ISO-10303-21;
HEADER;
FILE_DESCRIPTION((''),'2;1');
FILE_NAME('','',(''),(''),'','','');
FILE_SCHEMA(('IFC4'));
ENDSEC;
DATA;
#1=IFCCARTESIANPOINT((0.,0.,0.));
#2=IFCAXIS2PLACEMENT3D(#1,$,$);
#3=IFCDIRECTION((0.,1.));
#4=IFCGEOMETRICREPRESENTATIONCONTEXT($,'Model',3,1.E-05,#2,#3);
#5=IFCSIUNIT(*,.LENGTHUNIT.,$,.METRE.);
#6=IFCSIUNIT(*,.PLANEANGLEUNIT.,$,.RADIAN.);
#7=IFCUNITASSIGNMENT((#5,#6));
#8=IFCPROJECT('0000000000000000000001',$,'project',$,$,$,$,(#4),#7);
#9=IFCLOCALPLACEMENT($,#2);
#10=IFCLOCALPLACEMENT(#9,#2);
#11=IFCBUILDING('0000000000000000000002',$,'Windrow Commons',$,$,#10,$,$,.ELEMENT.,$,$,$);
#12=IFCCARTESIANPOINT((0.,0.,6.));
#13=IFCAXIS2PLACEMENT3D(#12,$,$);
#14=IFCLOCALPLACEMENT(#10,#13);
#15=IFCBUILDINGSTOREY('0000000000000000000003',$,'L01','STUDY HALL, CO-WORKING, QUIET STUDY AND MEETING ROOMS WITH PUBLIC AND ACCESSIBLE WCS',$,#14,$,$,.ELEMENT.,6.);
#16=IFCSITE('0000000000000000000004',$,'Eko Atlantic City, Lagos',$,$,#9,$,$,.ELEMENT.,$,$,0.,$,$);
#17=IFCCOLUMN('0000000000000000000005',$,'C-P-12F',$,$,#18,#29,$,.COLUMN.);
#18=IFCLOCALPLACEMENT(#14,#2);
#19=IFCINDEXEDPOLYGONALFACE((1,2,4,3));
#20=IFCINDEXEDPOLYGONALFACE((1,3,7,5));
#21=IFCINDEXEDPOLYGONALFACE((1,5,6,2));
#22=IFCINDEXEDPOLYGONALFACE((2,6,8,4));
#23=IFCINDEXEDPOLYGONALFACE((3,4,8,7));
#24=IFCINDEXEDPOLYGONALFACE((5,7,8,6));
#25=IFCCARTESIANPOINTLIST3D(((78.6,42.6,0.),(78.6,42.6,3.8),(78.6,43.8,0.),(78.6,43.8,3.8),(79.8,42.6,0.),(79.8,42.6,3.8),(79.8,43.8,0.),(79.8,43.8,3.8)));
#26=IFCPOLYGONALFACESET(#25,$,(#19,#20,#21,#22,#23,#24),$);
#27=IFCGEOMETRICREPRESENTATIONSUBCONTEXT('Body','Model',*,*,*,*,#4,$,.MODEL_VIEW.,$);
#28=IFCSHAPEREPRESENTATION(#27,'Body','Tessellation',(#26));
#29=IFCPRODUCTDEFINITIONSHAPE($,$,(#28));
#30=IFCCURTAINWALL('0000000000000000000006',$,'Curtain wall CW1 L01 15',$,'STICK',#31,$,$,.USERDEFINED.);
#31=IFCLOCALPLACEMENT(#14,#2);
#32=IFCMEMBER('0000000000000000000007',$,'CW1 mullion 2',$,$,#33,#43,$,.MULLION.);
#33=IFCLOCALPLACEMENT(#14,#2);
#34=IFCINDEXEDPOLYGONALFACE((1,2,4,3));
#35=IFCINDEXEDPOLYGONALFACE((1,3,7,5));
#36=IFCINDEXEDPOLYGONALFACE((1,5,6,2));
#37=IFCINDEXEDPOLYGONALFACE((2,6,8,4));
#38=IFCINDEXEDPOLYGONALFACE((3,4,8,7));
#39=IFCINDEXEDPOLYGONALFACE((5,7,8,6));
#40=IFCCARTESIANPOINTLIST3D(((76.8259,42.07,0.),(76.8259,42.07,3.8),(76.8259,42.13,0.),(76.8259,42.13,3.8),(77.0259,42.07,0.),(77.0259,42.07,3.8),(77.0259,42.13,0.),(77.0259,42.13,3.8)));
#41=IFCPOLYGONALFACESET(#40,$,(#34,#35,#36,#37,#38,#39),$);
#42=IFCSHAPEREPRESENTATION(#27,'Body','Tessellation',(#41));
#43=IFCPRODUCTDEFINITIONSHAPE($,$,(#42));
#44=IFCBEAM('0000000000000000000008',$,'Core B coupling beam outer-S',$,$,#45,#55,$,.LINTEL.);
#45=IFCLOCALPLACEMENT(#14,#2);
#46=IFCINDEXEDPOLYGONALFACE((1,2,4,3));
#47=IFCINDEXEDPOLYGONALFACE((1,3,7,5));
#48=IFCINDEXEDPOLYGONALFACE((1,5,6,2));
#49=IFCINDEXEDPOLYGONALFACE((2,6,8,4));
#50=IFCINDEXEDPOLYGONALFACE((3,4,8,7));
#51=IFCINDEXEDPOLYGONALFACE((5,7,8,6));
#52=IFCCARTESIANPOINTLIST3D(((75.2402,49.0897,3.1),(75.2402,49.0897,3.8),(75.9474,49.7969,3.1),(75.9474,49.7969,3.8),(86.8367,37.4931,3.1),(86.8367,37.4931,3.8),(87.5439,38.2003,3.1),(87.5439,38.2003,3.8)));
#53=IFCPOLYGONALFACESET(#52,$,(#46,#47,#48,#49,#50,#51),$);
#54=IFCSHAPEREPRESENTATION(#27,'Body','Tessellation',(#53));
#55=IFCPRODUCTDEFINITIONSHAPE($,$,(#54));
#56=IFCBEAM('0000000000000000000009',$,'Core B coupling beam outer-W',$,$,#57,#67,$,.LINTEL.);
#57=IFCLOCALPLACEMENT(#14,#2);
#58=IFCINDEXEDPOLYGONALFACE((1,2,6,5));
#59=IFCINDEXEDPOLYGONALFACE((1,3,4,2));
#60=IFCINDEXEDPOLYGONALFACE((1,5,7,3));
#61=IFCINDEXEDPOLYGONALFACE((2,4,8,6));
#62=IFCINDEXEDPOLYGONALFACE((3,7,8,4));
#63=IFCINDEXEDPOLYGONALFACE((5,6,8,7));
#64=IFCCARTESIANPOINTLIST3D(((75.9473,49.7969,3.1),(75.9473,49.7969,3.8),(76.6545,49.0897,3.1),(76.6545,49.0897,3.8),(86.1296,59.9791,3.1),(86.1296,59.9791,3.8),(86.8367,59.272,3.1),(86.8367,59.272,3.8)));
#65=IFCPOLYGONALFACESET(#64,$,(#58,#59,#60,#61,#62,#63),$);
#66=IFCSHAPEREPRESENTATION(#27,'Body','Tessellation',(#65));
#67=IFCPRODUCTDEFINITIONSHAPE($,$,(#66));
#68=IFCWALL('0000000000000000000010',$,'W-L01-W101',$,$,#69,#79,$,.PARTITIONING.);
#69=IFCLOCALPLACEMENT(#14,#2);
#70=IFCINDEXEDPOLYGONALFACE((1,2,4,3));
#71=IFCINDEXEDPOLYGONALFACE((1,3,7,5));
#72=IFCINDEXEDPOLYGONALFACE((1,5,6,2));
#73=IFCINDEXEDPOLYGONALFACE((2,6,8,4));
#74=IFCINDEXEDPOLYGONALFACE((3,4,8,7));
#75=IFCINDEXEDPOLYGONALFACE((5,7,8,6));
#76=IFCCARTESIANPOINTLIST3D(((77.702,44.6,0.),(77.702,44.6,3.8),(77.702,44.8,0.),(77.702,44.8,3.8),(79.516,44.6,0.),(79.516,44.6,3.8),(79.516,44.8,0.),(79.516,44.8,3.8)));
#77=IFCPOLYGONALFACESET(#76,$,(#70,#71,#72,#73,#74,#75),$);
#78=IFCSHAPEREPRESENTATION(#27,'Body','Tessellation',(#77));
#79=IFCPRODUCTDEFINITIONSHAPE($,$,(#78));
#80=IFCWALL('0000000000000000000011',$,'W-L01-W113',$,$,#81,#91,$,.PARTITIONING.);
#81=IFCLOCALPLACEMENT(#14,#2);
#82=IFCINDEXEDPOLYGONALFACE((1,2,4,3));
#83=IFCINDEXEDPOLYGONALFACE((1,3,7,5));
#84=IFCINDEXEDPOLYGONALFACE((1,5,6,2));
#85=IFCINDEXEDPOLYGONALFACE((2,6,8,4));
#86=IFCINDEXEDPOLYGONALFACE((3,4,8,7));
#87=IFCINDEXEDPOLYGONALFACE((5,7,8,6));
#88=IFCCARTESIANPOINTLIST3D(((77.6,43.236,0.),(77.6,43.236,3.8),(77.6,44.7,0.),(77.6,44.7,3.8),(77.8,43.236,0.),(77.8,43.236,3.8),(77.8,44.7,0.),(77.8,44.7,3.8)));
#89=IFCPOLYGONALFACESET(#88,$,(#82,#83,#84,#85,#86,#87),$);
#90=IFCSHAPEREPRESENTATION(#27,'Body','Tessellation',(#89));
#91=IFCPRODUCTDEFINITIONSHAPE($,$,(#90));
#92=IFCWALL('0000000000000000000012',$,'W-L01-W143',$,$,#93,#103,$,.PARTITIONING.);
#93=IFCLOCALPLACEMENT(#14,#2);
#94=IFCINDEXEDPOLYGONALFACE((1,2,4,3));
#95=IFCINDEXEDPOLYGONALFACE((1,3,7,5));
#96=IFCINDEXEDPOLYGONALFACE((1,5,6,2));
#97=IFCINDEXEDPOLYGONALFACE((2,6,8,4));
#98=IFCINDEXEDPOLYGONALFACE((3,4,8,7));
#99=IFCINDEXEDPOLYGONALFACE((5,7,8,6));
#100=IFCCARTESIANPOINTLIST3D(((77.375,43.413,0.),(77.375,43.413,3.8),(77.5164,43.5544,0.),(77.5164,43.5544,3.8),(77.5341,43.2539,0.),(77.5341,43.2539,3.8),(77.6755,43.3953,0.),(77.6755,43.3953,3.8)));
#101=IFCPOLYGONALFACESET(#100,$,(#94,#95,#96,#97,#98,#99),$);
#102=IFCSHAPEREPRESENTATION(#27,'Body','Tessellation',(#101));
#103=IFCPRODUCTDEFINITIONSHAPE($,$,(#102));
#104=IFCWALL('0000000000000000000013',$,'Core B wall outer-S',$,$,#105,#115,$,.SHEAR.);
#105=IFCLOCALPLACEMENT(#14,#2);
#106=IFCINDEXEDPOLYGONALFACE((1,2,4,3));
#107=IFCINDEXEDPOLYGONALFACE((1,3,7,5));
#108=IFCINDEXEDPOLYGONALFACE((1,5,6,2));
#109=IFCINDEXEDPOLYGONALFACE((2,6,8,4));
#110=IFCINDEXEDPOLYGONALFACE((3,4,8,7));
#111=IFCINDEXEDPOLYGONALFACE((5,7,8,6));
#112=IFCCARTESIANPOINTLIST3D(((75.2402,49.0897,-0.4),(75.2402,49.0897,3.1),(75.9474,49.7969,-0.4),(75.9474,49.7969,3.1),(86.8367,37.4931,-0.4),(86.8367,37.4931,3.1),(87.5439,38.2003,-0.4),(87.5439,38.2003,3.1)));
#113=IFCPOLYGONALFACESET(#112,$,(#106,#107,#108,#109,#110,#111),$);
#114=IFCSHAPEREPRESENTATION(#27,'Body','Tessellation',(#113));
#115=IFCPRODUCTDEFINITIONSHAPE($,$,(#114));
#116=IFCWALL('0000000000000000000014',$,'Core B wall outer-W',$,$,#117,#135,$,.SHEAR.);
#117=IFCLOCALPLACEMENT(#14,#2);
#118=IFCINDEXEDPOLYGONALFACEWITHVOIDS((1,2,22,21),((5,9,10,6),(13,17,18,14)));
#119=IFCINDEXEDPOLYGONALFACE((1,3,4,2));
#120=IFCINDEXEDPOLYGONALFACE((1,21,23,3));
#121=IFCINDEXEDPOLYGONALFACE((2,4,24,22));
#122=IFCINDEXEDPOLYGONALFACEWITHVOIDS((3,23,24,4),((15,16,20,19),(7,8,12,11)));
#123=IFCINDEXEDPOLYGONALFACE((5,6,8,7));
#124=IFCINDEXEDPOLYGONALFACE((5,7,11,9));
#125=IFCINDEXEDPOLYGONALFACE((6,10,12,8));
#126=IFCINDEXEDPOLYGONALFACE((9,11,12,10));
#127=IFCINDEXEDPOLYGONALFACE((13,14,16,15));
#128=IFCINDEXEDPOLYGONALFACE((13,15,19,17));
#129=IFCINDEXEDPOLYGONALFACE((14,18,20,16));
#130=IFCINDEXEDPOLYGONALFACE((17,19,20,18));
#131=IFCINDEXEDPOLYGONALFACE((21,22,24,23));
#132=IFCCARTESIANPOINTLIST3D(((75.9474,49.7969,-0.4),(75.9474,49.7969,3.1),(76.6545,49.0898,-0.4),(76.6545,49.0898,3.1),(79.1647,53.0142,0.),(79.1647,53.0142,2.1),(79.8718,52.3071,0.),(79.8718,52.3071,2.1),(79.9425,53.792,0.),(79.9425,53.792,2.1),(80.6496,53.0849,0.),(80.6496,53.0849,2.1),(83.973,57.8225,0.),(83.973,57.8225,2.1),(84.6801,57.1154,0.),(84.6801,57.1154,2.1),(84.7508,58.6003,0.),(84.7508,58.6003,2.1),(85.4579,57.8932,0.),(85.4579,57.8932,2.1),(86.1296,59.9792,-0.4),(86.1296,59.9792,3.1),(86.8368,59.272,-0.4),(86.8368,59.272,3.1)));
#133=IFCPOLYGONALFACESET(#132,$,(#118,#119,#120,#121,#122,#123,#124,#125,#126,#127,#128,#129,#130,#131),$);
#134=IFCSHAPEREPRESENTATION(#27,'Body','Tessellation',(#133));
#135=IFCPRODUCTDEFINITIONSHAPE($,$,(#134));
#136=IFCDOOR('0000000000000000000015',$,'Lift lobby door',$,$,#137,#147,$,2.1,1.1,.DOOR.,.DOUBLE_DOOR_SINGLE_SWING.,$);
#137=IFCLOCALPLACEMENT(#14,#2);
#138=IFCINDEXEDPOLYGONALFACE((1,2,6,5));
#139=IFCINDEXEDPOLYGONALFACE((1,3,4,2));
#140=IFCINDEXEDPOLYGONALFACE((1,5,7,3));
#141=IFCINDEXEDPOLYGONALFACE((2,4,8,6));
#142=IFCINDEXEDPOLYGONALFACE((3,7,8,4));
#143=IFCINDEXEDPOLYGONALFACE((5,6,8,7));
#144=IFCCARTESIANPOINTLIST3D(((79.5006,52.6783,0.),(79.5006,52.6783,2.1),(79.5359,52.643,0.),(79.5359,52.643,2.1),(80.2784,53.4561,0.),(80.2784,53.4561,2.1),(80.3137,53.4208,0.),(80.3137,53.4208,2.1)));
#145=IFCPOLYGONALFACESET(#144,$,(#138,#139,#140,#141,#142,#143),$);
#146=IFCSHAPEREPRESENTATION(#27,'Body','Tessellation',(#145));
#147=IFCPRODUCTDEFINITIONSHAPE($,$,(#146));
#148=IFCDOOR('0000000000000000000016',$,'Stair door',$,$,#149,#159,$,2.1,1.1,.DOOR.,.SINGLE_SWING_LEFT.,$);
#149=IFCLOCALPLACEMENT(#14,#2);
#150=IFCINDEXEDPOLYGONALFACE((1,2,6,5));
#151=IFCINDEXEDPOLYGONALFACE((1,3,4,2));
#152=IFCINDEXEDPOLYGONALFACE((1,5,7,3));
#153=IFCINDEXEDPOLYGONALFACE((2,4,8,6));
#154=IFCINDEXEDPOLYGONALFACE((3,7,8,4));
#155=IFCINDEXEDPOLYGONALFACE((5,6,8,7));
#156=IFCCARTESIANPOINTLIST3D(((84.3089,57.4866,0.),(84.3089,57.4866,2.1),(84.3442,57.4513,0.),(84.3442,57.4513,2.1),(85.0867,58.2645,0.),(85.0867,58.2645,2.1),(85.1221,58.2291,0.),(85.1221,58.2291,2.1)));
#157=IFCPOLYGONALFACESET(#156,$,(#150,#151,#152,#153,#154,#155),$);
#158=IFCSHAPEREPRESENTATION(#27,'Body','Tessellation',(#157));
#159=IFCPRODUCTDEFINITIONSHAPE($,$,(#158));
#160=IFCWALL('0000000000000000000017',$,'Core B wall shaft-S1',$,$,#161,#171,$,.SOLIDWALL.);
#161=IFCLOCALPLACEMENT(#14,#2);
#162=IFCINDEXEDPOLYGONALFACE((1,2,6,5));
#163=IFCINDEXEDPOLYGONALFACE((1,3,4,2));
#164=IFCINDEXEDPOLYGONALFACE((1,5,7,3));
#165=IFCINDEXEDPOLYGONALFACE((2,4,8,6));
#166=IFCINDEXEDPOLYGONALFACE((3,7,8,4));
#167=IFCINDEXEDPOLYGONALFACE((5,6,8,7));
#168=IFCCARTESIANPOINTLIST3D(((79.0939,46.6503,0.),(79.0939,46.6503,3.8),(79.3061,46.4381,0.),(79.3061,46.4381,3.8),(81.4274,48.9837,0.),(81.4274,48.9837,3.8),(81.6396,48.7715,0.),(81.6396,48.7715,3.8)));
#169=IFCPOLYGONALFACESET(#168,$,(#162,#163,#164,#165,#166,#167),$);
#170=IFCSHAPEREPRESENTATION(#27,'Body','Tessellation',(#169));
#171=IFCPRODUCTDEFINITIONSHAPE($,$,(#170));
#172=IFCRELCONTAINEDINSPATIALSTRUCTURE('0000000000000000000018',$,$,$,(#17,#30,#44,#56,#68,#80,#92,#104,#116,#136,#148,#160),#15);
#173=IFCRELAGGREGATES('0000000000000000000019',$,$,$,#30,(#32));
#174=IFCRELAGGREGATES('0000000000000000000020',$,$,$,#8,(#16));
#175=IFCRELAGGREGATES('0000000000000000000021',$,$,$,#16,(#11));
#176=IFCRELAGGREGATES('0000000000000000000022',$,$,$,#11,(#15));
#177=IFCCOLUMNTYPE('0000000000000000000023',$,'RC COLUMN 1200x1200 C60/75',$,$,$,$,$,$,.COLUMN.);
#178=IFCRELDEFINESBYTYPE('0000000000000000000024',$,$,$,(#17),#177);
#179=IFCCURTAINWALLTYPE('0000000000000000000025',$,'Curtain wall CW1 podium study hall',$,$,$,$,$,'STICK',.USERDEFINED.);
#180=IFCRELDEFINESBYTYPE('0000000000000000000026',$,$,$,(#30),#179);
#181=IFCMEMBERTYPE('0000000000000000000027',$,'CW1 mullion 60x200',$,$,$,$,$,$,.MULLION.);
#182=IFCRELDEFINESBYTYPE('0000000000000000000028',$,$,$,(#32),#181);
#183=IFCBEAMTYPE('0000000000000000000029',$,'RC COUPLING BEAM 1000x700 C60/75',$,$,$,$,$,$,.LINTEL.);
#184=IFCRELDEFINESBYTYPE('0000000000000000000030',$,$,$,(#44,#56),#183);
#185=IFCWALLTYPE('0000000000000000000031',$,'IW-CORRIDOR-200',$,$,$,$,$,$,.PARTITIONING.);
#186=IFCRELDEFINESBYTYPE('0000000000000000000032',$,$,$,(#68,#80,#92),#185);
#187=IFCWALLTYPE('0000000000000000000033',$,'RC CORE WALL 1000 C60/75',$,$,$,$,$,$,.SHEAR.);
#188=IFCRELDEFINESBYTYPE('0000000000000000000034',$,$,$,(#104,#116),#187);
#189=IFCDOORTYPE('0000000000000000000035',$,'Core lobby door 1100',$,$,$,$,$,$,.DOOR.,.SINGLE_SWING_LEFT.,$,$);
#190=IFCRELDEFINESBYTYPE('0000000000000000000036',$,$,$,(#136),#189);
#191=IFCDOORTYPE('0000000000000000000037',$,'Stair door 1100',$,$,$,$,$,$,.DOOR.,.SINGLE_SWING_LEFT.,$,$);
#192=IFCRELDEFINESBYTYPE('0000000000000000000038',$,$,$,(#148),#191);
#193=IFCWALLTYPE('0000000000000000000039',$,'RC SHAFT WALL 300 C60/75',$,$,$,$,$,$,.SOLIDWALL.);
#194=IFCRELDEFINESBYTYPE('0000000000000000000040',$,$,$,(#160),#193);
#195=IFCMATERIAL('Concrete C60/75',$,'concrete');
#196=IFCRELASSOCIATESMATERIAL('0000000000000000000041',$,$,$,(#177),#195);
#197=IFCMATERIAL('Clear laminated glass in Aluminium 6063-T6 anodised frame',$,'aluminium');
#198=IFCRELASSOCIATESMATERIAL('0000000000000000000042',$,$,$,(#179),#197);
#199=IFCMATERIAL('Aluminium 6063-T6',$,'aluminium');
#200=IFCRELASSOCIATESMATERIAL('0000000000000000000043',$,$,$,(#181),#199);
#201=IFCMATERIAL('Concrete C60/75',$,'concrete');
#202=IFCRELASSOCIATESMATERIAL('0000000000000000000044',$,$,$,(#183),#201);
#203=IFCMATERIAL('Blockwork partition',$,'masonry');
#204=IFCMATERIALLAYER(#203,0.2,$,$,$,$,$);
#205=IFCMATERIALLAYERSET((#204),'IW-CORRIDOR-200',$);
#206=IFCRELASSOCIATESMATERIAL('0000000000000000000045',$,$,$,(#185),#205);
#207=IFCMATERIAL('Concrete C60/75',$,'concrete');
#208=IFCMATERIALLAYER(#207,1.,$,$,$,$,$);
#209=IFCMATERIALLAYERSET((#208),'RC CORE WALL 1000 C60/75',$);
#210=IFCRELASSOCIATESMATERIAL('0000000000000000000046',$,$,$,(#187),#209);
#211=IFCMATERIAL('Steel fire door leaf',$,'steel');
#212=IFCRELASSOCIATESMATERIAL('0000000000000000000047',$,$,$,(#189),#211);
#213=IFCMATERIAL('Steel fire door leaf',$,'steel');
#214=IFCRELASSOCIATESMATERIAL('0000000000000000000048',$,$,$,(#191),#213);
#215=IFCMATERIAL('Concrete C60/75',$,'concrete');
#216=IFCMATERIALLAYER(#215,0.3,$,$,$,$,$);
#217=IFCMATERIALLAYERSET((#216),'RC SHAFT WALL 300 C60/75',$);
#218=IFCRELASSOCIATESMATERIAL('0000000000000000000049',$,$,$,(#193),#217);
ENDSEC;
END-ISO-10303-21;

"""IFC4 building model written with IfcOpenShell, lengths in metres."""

from ifc_helpers import new_model, si_unit, direction, frame, frame_2d, origin, origin_2d, place, context, subcontext, project, spatial, rectangle, extrude, material, layer, layer_set, material_profile, profile_set, type_object, element, fill, aggregate, save


model = new_model("IFC4")

# Units and contexts
model_context = context("Model", 3, precision=1e-05, world=origin(), true_north=direction((0.0, 1.0)))
body_context = subcontext(model_context, "Body", "Model", "MODEL_VIEW")
ifc_project = project(units=[si_unit("LENGTHUNIT", "METRE"), si_unit("PLANEANGLEUNIT", "RADIAN")], contexts=[model_context])

# Site, building, storey
site_placement = place(None, origin())
site = spatial("IfcSite", under=ifc_project, at=site_placement, Name="Eko Atlantic City, Lagos", CompositionType="ELEMENT", RefElevation=0.0)
building_placement = place(site_placement, origin())
building = spatial("IfcBuilding", under=site, at=building_placement, Name="Windrow Commons", CompositionType="ELEMENT")
storey_placement = place(building_placement, frame((0.0, 0.0, 6.0)))
storey = spatial("IfcBuildingStorey", under=building, at=storey_placement, Name="L01", Description="STUDY HALL, CO-WORKING, QUIET STUDY AND MEETING ROOMS WITH PUBLIC AND ACCESSIBLE WCS", CompositionType="ELEMENT", Elevation=6.0)

# Column
ifc_material_1 = material(Name="Concrete C60/75", Category="concrete")
ifc_material_profile_1 = material_profile(ifc_material_1, rectangle(XDim=1.2, YDim=1.2, at=origin_2d()))
ifc_profile_set_1 = profile_set([ifc_material_profile_1], Name="Concrete C60/75")
column_type = type_object("IfcColumnType", Name="RC COLUMN 1200x1200 C60/75", PredefinedType="COLUMN", material=ifc_profile_set_1)
column_placement = place(storey_placement, frame((79.2, 43.2, 0.0), z_axis=(0.0, 0.0, 1.0), x_axis=(1.0, 0.0, 0.0)))
element("IfcColumn", 1, at=column_placement, inside=storey, type_object=column_type, Name="C-P-12F", PredefinedType="COLUMN", context=body_context, shape_type="SweptSolid", body=[
    extrude(rectangle(XDim=1.2, YDim=1.2, at=origin_2d()), origin(), (0.0, 0.0, 1.0), 3.8),
])

# Curtain wall, member
ifc_material_2 = material(Name="Clear laminated glass in Aluminium 6063-T6 anodised frame", Category="aluminium")
curtain_wall_type = type_object("IfcCurtainWallType", Name="Curtain wall CW1 podium study hall", ElementType="STICK", PredefinedType="USERDEFINED", material=ifc_material_2)
curtain_wall_placement = place(storey_placement, origin())
curtain_wall = element("IfcCurtainWall", 2, at=curtain_wall_placement, inside=storey, type_object=curtain_wall_type, Name="Curtain wall CW1 L01 15", ObjectType="STICK", PredefinedType="USERDEFINED")
ifc_material_3 = material(Name="Aluminium 6063-T6", Category="aluminium")
ifc_material_profile_2 = material_profile(ifc_material_3, rectangle(XDim=0.06, YDim=0.2, at=origin_2d()))
ifc_profile_set_2 = profile_set([ifc_material_profile_2], Name="Aluminium 6063-T6")
member_type = type_object("IfcMemberType", Name="CW1 mullion 60x200", PredefinedType="MULLION", material=ifc_profile_set_2)
member_placement = place(storey_placement, frame((76.9259, 42.1, 0.0), z_axis=(0.0, 0.0, 1.0), x_axis=(0.0, 1.0, 0.0)))
member = element("IfcMember", 3, at=member_placement, type_object=member_type, Name="CW1 mullion 2", PredefinedType="MULLION", context=body_context, shape_type="SweptSolid", body=[
    extrude(rectangle(XDim=0.06, YDim=0.2, at=origin_2d()), origin(), (0.0, 0.0, 1.0), 3.8),
])
aggregate(curtain_wall, [member])

# Beams
ifc_material_4 = material(Name="Concrete C60/75", Category="concrete")
ifc_material_profile_3 = material_profile(ifc_material_4, rectangle(XDim=1.0, YDim=0.7, at=origin_2d()))
ifc_profile_set_3 = profile_set([ifc_material_profile_3], Name="Concrete C60/75")
beam_type = type_object("IfcBeamType", Name="RC COUPLING BEAM 1000x700 C60/75", PredefinedType="LINTEL", material=ifc_profile_set_3)
beam_1_placement = place(storey_placement, frame((75.5938, 49.4433, 3.45), z_axis=(0.707104, -0.70711, 0.0), x_axis=(0.70711, 0.707104, 0.0)))
element("IfcBeam", 4, at=beam_1_placement, inside=storey, type_object=beam_type, Name="Core B coupling beam outer-S", PredefinedType="LINTEL", context=body_context, shape_type="SweptSolid", body=[
    extrude(rectangle(XDim=1.0, YDim=0.7, at=origin_2d()), origin(), (0.0, 0.0, 1.0), 16.4),
])
beam_2_placement = place(storey_placement, frame((76.3009, 49.4433, 3.45), z_axis=(0.707107, 0.707107, 0.0), x_axis=(-0.707107, 0.707107, 0.0)))
element("IfcBeam", 5, at=beam_2_placement, inside=storey, type_object=beam_type, Name="Core B coupling beam outer-W", PredefinedType="LINTEL", context=body_context, shape_type="SweptSolid", body=[
    extrude(rectangle(XDim=1.0, YDim=0.7, at=origin_2d()), origin(), (0.0, 0.0, 1.0), 14.3999),
])

# Walls
ifc_material_5 = material(Name="Blockwork partition", Category="masonry")
ifc_layer_1 = layer(ifc_material_5, 0.2)
ifc_layer_set_1 = layer_set([ifc_layer_1], Name="IW-CORRIDOR-200")
wall_type_1 = type_object("IfcWallType", Name="IW-CORRIDOR-200", PredefinedType="PARTITIONING", material=ifc_layer_set_1)
wall_1_placement = place(storey_placement, frame((77.702, 44.7, 0.0), z_axis=(0.0, 0.0, 1.0), x_axis=(1.0, 0.0, 0.0)))
element("IfcWall", 6, at=wall_1_placement, inside=storey, type_object=wall_type_1, Name="W-L01-W101", PredefinedType="PARTITIONING", context=body_context, shape_type="SweptSolid", body=[
    extrude(rectangle(XDim=1.814, YDim=0.2, at=frame_2d((0.907, 0.0))), origin(), (0.0, 0.0, 1.0), 3.8),
])
wall_2_placement = place(storey_placement, frame((77.7, 43.236, 0.0), z_axis=(0.0, 0.0, 1.0), x_axis=(0.0, 1.0, 0.0)))
element("IfcWall", 7, at=wall_2_placement, inside=storey, type_object=wall_type_1, Name="W-L01-W113", PredefinedType="PARTITIONING", context=body_context, shape_type="SweptSolid", body=[
    extrude(rectangle(XDim=1.464, YDim=0.2, at=frame_2d((0.732, 0.0))), origin(), (0.0, 0.0, 1.0), 3.8),
])
wall_3_placement = place(storey_placement, frame((77.4457, 43.4837, 0.0), z_axis=(0.0, 0.0, 1.0), x_axis=(0.707107, -0.707107, 0.0)))
element("IfcWall", 8, at=wall_3_placement, inside=storey, type_object=wall_type_1, Name="W-L01-W143", PredefinedType="PARTITIONING", context=body_context, shape_type="SweptSolid", body=[
    extrude(rectangle(XDim=0.225, YDim=0.2, at=frame_2d((0.1125, 0.0))), origin(), (0.0, 0.0, 1.0), 3.8),
])
ifc_material_6 = material(Name="Concrete C60/75", Category="concrete")
ifc_layer_2 = layer(ifc_material_6, 1.0)
ifc_layer_set_2 = layer_set([ifc_layer_2], Name="RC CORE WALL 1000 C60/75")
wall_type_2 = type_object("IfcWallType", Name="RC CORE WALL 1000 C60/75", PredefinedType="SHEAR", material=ifc_layer_set_2)
wall_4_placement = place(storey_placement, frame((75.5938, 49.4433, -0.4), z_axis=(0.0, 0.0, 1.0), x_axis=(0.707104, -0.70711, 0.0)))
element("IfcWall", 9, at=wall_4_placement, inside=storey, type_object=wall_type_2, Name="Core B wall outer-S", PredefinedType="SHEAR", context=body_context, shape_type="SweptSolid", body=[
    extrude(rectangle(XDim=16.4, YDim=1.0, at=frame_2d((8.2, 0.0))), origin(), (0.0, 0.0, 1.0), 3.5),
])

# Wall, openings, doors
wall_5_placement = place(storey_placement, frame((76.3009, 49.4433, -0.4), z_axis=(0.0, 0.0, 1.0), x_axis=(0.707107, 0.707107, 0.0)))
wall_5 = element("IfcWall", 10, at=wall_5_placement, inside=storey, type_object=wall_type_2, Name="Core B wall outer-W", PredefinedType="SHEAR", context=body_context, shape_type="SweptSolid", body=[
    extrude(rectangle(XDim=14.3999, YDim=1.0, at=frame_2d((7.2, 0.0))), origin(), (0.0, 0.0, 1.0), 3.5),
])
opening_1_placement = place(wall_5_placement, frame((4.55, 0.0, 0.4)))
opening_1 = element("IfcOpeningElement", 11, at=opening_1_placement, cuts=wall_5, PredefinedType="OPENING", context=body_context, shape_type="SweptSolid", body=[
    extrude(rectangle(XDim=1.1, YDim=2.1, at=frame_2d((0.55, 1.05))), frame((0.0, 0.51, 0.0), z_axis=(0.0, -1.0, 0.0), x_axis=(1.0, 0.0, 0.0)), (0.0, 0.0, 1.0), 1.02),
])
opening_2_placement = place(wall_5_placement, frame((11.35, 0.0, 0.4)))
opening_2 = element("IfcOpeningElement", 12, at=opening_2_placement, cuts=wall_5, PredefinedType="OPENING", context=body_context, shape_type="SweptSolid", body=[
    extrude(rectangle(XDim=1.1, YDim=2.1, at=frame_2d((0.55, 1.05))), frame((0.0, 0.51, 0.0), z_axis=(0.0, -1.0, 0.0), x_axis=(1.0, 0.0, 0.0)), (0.0, 0.0, 1.0), 1.02),
])
ifc_material_7 = material(Name="Steel fire door leaf", Category="steel")
door_type_1 = type_object("IfcDoorType", Name="Core lobby door 1100", OperationType="SINGLE_SWING_LEFT", PredefinedType="DOOR", material=ifc_material_7)
door_1_placement = place(opening_1_placement, origin())
door_1 = element("IfcDoor", 13, at=door_1_placement, inside=storey, type_object=door_type_1, Name="Lift lobby door", OperationType="DOUBLE_DOOR_SINGLE_SWING", OverallHeight=2.1, OverallWidth=1.1, PredefinedType="DOOR", context=body_context, shape_type="SweptSolid", body=[
    extrude(rectangle(XDim=1.1, YDim=2.1, at=frame_2d((0.55, 1.05))), frame((0.0, 0.025, 0.0), z_axis=(0.0, -1.0, 0.0), x_axis=(1.0, 0.0, 0.0)), (0.0, 0.0, 1.0), 0.05),
])
fill(opening_1, door_1)
ifc_material_8 = material(Name="Steel fire door leaf", Category="steel")
door_type_2 = type_object("IfcDoorType", Name="Stair door 1100", OperationType="SINGLE_SWING_LEFT", PredefinedType="DOOR", material=ifc_material_8)
door_2_placement = place(opening_2_placement, origin())
door_2 = element("IfcDoor", 14, at=door_2_placement, inside=storey, type_object=door_type_2, Name="Stair door", OperationType="SINGLE_SWING_LEFT", OverallHeight=2.1, OverallWidth=1.1, PredefinedType="DOOR", context=body_context, shape_type="SweptSolid", body=[
    extrude(rectangle(XDim=1.1, YDim=2.1, at=frame_2d((0.55, 1.05))), frame((0.0, 0.025, 0.0), z_axis=(0.0, -1.0, 0.0), x_axis=(1.0, 0.0, 0.0)), (0.0, 0.0, 1.0), 0.05),
])
fill(opening_2, door_2)

# Wall
ifc_material_9 = material(Name="Concrete C60/75", Category="concrete")
ifc_layer_3 = layer(ifc_material_9, 0.3)
ifc_layer_set_3 = layer_set([ifc_layer_3], Name="RC SHAFT WALL 300 C60/75")
wall_type_3 = type_object("IfcWallType", Name="RC SHAFT WALL 300 C60/75", PredefinedType="SOLIDWALL", material=ifc_layer_set_3)
wall_6_placement = place(storey_placement, frame((79.2, 46.5442, 0.0), z_axis=(0.0, 0.0, 1.0), x_axis=(0.707122, 0.707092, 0.0)))
element("IfcWall", 15, at=wall_6_placement, inside=storey, type_object=wall_type_3, Name="Core B wall shaft-S1", PredefinedType="SOLIDWALL", context=body_context, shape_type="SweptSolid", body=[
    extrude(rectangle(XDim=3.3, YDim=0.3, at=frame_2d((1.65, 0.0))), origin(), (0.0, 0.0, 1.0), 3.8),
])

save(model, "model.ifc")
